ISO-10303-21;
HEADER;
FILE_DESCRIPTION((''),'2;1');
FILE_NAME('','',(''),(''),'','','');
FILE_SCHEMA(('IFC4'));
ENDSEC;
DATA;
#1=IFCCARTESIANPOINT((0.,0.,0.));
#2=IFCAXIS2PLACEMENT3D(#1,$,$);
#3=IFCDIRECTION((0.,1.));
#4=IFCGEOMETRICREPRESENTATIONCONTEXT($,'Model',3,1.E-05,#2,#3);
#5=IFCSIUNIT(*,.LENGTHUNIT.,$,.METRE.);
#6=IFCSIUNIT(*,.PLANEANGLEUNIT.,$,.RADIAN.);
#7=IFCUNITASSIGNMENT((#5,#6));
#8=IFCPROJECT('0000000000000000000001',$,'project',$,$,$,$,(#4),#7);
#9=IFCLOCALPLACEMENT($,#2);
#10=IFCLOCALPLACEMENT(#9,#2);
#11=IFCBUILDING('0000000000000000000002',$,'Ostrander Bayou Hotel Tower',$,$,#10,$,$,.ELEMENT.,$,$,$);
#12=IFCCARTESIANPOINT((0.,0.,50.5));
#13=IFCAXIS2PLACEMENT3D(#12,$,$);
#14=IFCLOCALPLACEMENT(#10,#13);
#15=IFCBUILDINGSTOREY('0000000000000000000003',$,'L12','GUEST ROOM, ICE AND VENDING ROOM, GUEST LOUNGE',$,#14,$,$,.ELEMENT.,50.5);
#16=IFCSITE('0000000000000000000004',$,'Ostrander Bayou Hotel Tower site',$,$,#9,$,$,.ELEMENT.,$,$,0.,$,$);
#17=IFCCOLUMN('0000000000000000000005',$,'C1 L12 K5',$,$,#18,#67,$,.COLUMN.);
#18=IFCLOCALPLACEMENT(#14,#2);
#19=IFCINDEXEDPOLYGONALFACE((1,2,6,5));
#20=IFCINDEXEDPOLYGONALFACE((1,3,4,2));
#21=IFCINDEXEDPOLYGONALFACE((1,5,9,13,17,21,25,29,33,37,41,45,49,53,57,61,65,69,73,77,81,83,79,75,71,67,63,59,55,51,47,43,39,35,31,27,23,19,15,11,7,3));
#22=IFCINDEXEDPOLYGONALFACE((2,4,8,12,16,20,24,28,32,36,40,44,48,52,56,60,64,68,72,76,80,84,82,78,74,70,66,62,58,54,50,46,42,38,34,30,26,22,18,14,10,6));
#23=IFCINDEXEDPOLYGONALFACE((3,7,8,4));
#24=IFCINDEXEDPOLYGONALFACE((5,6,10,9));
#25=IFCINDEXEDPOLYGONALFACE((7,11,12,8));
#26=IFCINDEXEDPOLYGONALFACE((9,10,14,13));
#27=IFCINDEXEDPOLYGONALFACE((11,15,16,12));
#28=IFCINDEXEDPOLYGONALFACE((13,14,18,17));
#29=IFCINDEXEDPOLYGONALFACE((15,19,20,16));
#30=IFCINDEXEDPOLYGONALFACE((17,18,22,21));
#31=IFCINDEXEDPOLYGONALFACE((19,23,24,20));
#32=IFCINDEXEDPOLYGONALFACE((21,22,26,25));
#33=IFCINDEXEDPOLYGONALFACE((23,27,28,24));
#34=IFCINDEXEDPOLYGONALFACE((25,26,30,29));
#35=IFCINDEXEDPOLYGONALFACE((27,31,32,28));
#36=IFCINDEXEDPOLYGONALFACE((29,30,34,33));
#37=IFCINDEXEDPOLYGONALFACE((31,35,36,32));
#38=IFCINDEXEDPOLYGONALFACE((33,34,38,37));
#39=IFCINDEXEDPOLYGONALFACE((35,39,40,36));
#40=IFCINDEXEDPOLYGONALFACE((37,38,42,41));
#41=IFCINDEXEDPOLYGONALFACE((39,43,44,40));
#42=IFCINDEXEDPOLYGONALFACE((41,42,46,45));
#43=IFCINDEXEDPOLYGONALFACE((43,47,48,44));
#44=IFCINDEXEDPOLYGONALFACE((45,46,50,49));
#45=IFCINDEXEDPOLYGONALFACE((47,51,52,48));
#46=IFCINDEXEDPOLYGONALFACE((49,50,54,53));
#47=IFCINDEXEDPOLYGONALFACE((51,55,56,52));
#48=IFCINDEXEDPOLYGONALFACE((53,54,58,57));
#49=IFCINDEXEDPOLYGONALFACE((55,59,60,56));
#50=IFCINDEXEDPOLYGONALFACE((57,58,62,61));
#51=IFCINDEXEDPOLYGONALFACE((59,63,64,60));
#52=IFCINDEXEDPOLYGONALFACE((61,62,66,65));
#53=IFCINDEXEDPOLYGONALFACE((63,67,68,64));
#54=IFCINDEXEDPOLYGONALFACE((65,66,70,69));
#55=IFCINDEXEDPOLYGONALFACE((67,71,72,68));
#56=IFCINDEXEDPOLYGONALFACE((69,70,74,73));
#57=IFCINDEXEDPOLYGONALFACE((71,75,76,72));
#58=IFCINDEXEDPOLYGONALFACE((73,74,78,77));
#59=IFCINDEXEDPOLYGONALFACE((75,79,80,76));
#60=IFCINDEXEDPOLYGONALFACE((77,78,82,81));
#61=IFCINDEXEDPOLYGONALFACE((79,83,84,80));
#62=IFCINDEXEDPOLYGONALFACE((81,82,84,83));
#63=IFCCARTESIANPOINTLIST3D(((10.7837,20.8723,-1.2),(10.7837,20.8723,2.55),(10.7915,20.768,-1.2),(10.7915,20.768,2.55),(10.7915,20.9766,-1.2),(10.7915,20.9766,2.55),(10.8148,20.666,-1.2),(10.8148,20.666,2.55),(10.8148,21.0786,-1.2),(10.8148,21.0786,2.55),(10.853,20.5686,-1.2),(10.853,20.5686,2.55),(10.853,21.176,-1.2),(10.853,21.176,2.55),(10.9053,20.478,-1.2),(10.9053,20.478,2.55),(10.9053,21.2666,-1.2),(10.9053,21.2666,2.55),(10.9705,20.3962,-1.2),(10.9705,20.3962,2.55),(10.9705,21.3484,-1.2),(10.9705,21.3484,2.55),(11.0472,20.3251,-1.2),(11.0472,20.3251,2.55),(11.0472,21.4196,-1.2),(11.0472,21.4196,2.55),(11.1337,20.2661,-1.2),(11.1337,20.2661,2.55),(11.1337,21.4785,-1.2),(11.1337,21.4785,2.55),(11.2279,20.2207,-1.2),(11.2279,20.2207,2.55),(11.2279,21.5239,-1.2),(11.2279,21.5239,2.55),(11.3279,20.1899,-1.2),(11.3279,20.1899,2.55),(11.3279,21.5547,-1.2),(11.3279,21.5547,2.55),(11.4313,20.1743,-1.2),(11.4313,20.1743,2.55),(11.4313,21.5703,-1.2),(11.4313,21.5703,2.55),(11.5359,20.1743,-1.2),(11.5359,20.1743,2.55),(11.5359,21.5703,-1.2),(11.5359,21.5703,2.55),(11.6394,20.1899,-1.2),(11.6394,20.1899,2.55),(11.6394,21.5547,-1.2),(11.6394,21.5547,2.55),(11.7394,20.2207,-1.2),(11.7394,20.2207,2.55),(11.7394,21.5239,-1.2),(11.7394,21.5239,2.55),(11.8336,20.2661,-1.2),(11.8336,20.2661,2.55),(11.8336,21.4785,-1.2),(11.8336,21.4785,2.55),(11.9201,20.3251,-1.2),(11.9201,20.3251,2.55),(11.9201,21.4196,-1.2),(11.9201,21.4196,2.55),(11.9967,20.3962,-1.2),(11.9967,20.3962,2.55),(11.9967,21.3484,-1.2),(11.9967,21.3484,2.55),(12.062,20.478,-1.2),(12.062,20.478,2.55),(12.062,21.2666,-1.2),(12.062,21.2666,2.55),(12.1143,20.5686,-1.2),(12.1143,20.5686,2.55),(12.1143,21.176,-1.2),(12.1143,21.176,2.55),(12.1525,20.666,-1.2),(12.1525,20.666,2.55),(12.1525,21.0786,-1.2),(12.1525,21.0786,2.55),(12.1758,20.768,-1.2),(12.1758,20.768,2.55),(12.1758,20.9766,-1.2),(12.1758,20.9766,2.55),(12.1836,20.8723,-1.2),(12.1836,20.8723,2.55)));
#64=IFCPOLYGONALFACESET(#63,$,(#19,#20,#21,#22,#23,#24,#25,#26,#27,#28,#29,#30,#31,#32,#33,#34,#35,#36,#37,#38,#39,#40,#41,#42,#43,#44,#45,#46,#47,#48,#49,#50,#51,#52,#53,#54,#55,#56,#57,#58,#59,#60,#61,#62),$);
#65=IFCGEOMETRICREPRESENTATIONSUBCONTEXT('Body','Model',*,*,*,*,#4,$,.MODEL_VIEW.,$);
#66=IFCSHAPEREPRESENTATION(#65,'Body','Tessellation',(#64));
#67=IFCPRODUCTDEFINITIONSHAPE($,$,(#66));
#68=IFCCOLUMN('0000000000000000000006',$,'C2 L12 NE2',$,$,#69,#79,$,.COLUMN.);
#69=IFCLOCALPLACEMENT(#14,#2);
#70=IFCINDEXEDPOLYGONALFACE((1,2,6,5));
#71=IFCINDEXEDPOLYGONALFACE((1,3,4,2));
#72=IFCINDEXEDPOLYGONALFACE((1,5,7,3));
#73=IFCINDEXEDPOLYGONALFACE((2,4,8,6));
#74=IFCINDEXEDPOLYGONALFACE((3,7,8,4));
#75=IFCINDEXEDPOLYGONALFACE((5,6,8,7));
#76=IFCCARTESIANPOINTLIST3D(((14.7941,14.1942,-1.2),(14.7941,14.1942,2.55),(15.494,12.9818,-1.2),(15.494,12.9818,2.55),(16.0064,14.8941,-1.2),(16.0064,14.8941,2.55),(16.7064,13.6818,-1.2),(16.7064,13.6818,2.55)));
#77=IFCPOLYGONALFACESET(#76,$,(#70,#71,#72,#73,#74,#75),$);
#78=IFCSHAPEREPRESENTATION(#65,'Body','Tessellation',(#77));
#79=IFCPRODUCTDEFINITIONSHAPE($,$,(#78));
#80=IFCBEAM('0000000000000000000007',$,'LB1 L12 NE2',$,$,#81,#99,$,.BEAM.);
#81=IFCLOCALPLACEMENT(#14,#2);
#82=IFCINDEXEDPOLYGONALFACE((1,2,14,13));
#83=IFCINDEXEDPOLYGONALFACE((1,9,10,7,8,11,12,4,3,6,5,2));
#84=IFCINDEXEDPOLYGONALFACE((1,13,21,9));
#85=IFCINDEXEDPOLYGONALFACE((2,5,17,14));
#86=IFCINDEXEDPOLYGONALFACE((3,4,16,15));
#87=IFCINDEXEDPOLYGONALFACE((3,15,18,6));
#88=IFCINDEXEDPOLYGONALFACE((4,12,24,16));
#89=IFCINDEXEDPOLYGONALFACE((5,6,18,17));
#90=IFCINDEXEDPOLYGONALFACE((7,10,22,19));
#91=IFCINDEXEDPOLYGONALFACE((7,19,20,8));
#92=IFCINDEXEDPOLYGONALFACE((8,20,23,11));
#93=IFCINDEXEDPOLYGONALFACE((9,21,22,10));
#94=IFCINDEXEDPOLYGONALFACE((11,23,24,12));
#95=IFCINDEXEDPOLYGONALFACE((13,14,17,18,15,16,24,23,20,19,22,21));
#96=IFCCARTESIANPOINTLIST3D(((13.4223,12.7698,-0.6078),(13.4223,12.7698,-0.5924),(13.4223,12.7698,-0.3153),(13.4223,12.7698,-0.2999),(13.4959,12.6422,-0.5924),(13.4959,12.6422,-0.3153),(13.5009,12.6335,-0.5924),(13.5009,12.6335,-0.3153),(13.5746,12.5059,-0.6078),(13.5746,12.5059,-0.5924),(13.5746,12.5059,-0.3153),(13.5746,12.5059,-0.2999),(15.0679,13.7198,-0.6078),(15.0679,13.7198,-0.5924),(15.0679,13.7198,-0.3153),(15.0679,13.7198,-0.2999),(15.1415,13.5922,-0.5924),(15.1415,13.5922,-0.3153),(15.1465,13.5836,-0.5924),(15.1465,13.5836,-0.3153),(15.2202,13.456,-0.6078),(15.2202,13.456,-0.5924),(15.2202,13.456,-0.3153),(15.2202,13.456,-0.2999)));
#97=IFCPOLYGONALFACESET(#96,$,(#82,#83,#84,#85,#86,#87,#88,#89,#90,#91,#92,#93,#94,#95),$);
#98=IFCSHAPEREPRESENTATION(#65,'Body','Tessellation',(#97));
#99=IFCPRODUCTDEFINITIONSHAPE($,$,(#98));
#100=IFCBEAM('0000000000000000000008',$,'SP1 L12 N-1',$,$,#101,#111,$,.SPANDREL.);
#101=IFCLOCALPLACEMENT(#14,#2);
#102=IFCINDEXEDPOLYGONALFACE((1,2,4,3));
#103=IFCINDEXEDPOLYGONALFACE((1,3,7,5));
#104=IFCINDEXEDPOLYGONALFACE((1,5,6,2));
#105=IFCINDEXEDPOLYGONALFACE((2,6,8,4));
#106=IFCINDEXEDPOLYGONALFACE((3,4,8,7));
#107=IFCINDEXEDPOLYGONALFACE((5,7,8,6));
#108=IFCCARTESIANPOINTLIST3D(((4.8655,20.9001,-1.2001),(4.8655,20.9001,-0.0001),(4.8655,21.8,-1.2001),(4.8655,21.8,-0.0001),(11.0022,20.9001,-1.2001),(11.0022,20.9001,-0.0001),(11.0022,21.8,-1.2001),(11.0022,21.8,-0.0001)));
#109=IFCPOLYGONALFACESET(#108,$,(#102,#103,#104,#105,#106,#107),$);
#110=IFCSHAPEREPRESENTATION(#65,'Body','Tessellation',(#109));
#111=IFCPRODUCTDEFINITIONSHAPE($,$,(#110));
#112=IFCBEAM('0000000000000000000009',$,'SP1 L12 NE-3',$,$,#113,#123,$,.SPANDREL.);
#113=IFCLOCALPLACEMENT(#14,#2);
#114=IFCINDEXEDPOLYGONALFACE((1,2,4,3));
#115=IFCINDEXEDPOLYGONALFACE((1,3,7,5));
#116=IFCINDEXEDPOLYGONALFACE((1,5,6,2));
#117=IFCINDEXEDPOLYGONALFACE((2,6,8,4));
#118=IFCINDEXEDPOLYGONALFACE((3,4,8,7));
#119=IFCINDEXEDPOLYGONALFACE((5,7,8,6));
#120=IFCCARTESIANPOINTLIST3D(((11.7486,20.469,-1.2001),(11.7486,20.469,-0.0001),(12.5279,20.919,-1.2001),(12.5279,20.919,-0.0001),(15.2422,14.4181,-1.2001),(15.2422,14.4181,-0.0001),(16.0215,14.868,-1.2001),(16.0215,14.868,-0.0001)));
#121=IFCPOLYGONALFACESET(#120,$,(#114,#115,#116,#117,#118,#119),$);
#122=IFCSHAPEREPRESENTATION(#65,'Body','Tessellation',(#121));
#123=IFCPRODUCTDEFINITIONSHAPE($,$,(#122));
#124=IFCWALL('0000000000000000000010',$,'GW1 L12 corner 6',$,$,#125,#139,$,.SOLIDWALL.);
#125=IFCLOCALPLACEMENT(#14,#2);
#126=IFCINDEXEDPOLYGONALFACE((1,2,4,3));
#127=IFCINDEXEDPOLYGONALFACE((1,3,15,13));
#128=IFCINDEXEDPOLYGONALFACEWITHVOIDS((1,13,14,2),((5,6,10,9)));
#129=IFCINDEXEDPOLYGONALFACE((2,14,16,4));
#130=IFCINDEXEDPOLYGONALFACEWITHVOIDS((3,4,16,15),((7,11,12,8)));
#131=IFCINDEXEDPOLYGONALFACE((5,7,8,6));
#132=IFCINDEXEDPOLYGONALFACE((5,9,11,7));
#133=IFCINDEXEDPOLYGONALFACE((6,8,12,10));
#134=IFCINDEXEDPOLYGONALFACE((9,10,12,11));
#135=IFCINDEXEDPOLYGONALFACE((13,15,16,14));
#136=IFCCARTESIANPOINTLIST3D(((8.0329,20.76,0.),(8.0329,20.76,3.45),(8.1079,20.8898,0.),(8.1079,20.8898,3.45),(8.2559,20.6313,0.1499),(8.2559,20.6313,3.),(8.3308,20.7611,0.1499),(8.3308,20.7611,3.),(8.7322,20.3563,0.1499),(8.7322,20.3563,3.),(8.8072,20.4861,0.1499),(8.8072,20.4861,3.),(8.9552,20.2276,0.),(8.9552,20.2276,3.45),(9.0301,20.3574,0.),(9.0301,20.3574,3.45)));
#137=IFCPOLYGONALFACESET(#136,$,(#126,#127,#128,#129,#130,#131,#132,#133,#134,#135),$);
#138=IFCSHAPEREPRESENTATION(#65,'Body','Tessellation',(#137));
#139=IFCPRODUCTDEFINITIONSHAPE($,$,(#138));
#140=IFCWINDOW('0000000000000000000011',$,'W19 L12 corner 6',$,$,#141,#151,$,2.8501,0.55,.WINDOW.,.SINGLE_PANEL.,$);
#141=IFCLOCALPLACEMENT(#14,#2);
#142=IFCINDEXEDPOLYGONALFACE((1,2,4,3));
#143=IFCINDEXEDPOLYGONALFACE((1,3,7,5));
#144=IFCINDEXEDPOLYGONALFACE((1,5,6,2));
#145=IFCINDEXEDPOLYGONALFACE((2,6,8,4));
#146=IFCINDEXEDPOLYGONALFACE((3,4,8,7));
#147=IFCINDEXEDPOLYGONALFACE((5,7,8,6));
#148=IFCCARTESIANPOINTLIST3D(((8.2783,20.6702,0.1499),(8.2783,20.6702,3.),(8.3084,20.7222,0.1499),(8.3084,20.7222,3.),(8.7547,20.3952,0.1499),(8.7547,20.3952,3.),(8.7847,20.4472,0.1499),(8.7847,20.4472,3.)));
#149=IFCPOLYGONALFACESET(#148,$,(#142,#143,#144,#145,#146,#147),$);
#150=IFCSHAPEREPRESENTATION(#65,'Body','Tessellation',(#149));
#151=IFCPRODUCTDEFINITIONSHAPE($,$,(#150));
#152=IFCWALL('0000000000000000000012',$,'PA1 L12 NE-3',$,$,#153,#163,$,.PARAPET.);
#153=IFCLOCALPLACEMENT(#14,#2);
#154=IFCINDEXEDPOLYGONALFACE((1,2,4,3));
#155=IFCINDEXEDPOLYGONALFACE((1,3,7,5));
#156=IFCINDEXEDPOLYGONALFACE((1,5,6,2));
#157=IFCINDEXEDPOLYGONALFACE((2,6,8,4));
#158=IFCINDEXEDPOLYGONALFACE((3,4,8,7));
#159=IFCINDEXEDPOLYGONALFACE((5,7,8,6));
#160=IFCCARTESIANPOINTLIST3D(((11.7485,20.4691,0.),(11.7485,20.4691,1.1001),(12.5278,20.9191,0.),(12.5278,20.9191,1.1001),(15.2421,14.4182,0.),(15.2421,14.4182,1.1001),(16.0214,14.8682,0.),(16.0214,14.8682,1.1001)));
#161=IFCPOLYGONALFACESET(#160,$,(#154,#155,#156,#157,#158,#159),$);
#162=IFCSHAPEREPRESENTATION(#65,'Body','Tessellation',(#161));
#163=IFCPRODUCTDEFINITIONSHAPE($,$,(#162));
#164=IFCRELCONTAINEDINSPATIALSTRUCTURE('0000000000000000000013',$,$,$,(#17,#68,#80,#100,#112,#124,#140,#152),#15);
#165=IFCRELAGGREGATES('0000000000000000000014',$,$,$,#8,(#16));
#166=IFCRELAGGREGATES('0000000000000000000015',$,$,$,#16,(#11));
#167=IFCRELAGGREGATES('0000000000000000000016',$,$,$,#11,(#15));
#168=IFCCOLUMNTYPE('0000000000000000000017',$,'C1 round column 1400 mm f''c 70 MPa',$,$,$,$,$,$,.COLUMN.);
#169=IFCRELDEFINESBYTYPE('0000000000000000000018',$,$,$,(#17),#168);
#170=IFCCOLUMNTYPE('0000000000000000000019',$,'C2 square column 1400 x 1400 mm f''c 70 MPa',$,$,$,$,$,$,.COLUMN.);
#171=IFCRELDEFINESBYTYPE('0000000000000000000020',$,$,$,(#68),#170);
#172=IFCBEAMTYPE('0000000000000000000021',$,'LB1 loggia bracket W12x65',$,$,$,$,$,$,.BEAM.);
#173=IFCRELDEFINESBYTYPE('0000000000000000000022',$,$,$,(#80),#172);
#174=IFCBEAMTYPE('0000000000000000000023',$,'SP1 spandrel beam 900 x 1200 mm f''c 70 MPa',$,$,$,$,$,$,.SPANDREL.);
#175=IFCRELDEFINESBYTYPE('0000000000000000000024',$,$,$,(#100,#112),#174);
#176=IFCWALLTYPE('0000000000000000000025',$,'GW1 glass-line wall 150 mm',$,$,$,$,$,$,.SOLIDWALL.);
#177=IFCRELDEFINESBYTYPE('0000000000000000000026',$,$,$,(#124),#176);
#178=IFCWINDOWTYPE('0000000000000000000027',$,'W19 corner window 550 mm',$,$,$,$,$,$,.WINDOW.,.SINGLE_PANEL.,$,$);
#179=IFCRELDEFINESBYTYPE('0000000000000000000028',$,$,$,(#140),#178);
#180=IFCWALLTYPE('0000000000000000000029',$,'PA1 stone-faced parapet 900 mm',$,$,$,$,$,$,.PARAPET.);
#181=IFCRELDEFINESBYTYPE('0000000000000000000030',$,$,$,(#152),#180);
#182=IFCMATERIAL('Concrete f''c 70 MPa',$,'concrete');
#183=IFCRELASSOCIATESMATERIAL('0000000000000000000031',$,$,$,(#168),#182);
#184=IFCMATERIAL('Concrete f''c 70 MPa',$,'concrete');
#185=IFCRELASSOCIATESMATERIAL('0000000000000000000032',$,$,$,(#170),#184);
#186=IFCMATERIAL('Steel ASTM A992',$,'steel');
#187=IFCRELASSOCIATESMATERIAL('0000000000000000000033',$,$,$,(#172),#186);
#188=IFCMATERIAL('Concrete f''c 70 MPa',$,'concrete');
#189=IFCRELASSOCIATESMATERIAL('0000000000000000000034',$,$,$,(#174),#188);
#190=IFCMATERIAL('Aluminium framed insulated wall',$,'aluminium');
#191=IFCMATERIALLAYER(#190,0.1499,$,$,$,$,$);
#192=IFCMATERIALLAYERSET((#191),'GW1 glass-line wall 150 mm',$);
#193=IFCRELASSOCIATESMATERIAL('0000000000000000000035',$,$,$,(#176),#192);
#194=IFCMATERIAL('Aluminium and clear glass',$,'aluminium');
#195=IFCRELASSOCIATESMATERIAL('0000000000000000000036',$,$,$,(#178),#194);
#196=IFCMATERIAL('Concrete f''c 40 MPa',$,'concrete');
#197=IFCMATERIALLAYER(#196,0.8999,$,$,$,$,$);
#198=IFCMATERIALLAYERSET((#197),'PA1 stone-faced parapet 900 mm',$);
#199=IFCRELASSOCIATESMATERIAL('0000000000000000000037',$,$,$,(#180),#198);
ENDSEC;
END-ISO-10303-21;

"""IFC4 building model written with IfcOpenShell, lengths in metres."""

from ifc_helpers import new_model, si_unit, direction, frame, frame_2d, origin, origin_2d, place, context, subcontext, project, spatial, rectangle, circle, i_section, extrude, material, layer, layer_set, material_profile, profile_set, type_object, element, fill, save


model = new_model("IFC4")

# Units and contexts
model_context = context("Model", 3, precision=1e-05, world=origin(), true_north=direction((0.0, 1.0)))
body_context = subcontext(model_context, "Body", "Model", "MODEL_VIEW")
ifc_project = project(units=[si_unit("LENGTHUNIT", "METRE"), si_unit("PLANEANGLEUNIT", "RADIAN")], contexts=[model_context])

# Site, building, storey
site_placement = place(None, origin())
site = spatial("IfcSite", under=ifc_project, at=site_placement, Name="Ostrander Bayou Hotel Tower site", CompositionType="ELEMENT", RefElevation=0.0)
building_placement = place(site_placement, origin())
building = spatial("IfcBuilding", under=site, at=building_placement, Name="Ostrander Bayou Hotel Tower", CompositionType="ELEMENT")
storey_placement = place(building_placement, frame((0.0, 0.0, 50.5)))
storey = spatial("IfcBuildingStorey", under=building, at=storey_placement, Name="L12", Description="GUEST ROOM, ICE AND VENDING ROOM, GUEST LOUNGE", CompositionType="ELEMENT", Elevation=50.5)

# Columns
ifc_material_1 = material(Name="Concrete f'c 70 MPa", Category="concrete")
ifc_material_profile_1 = material_profile(ifc_material_1, circle(Radius=0.7, at=origin_2d()))
ifc_profile_set_1 = profile_set([ifc_material_profile_1], Name="Concrete f'c 70 MPa")
column_type_1 = type_object("IfcColumnType", Name="C1 round column 1400 mm f'c 70 MPa", PredefinedType="COLUMN", material=ifc_profile_set_1)
column_1_placement = place(storey_placement, frame((11.4836, 20.8723, -1.2), z_axis=(0.0, 0.0, 1.0), x_axis=(1.0, 0.0, 0.0)))
element("IfcColumn", 1, at=column_1_placement, inside=storey, type_object=column_type_1, Name="C1 L12 K5", PredefinedType="COLUMN", context=body_context, shape_type="SweptSolid", body=[
    extrude(circle(Radius=0.7, at=origin_2d()), origin(), (0.0, 0.0, 1.0), 3.75),
])
ifc_material_2 = material(Name="Concrete f'c 70 MPa", Category="concrete")
ifc_material_profile_2 = material_profile(ifc_material_2, rectangle(XDim=1.3999, YDim=1.3999, at=origin_2d()))
ifc_profile_set_2 = profile_set([ifc_material_profile_2], Name="Concrete f'c 70 MPa")
column_type_2 = type_object("IfcColumnType", Name="C2 square column 1400 x 1400 mm f'c 70 MPa", PredefinedType="COLUMN", material=ifc_profile_set_2)
column_2_placement = place(storey_placement, frame((15.7502, 13.938, -1.2), z_axis=(0.0, 0.0, 1.0), x_axis=(0.5, -0.866025, 0.0)))
element("IfcColumn", 2, at=column_2_placement, inside=storey, type_object=column_type_2, Name="C2 L12 NE2", PredefinedType="COLUMN", context=body_context, shape_type="SweptSolid", body=[
    extrude(rectangle(XDim=1.3999, YDim=1.3999, at=origin_2d()), origin(), (0.0, 0.0, 1.0), 3.75),
])

# Beams
ifc_material_3 = material(Name="Steel ASTM A992", Category="steel")
ifc_material_profile_3 = material_profile(ifc_material_3, i_section(OverallWidth=0.3047, OverallDepth=0.3079, WebThickness=0.01, FlangeThickness=0.0154, at=origin_2d()))
ifc_profile_set_3 = profile_set([ifc_material_profile_3], Name="Steel ASTM A992")
beam_type_1 = type_object("IfcBeamType", Name="LB1 loggia bracket W12x65", PredefinedType="BEAM", material=ifc_profile_set_3)
beam_1_placement = place(storey_placement, frame((15.144, 13.5879, -0.4539), z_axis=(-0.866044, -0.499967, 0.0), x_axis=(0.499967, -0.866044, 0.0)))
element("IfcBeam", 3, at=beam_1_placement, inside=storey, type_object=beam_type_1, Name="LB1 L12 NE2", PredefinedType="BEAM", context=body_context, shape_type="SweptSolid", body=[
    extrude(i_section(OverallWidth=0.3047, OverallDepth=0.3079, WebThickness=0.01, FlangeThickness=0.0154, at=origin_2d()), origin(), (0.0, 0.0, 1.0), 1.9001),
])
ifc_material_4 = material(Name="Concrete f'c 70 MPa", Category="concrete")
ifc_material_profile_4 = material_profile(ifc_material_4, rectangle(XDim=0.8999, YDim=1.2, at=origin_2d()))
ifc_profile_set_4 = profile_set([ifc_material_profile_4], Name="Concrete f'c 70 MPa")
beam_type_2 = type_object("IfcBeamType", Name="SP1 spandrel beam 900 x 1200 mm f'c 70 MPa", PredefinedType="SPANDREL", material=ifc_profile_set_4)
beam_2_placement = place(storey_placement, frame((11.0022, 21.3501, -0.6001), z_axis=(-1.0, 0.0, 0.0), x_axis=(0.0, -1.0, 0.0)))
element("IfcBeam", 4, at=beam_2_placement, inside=storey, type_object=beam_type_2, Name="SP1 L12 N-1", PredefinedType="SPANDREL", context=body_context, shape_type="SweptSolid", body=[
    extrude(rectangle(XDim=0.8999, YDim=1.2, at=origin_2d()), origin(), (0.0, 0.0, 1.0), 6.1367),
])
beam_3_placement = place(storey_placement, frame((15.6318, 14.6431, -0.6001), z_axis=(-0.50001, 0.86602, 0.0), x_axis=(-0.86602, -0.50001, 0.0)))
element("IfcBeam", 5, at=beam_3_placement, inside=storey, type_object=beam_type_2, Name="SP1 L12 NE-3", PredefinedType="SPANDREL", context=body_context, shape_type="SweptSolid", body=[
    extrude(rectangle(XDim=0.8999, YDim=1.2, at=origin_2d()), origin(), (0.0, 0.0, 1.0), 6.9871),
])

# Wall, opening, window
ifc_material_5 = material(Name="Aluminium framed insulated wall", Category="aluminium")
ifc_layer_1 = layer(ifc_material_5, 0.1499)
ifc_layer_set_1 = layer_set([ifc_layer_1], Name="GW1 glass-line wall 150 mm")
wall_type_1 = type_object("IfcWallType", Name="GW1 glass-line wall 150 mm", PredefinedType="SOLIDWALL", material=ifc_layer_set_1)
wall_1_placement = place(storey_placement, frame((8.9927, 20.2925, 0.0), z_axis=(0.0, 0.0, 1.0), x_axis=(-0.866048, 0.499961, 0.0)))
wall_1 = element("IfcWall", 6, at=wall_1_placement, inside=storey, type_object=wall_type_1, Name="GW1 L12 corner 6", PredefinedType="SOLIDWALL", context=body_context, shape_type="SweptSolid", body=[
    extrude(rectangle(XDim=1.0649, YDim=0.1499, at=frame_2d((0.5325, 0.0))), origin(), (0.0, 0.0, 1.0), 3.45),
])
opening_1_placement = place(wall_1_placement, frame((0.2576, 0.0, 0.1499)))
opening_1 = element("IfcOpeningElement", 7, at=opening_1_placement, cuts=wall_1, PredefinedType="OPENING", context=body_context, shape_type="SweptSolid", body=[
    extrude(rectangle(XDim=0.55, YDim=2.8501, at=frame_2d((0.2749, 1.425))), frame((0.0, 0.075, 0.0), z_axis=(0.0, -1.0, 0.0), x_axis=(1.0, 0.0, 0.0)), (0.0, 0.0, 1.0), 0.1499),
])
ifc_material_6 = material(Name="Aluminium and clear glass", Category="aluminium")
window_type_1 = type_object("IfcWindowType", Name="W19 corner window 550 mm", PartitioningType="SINGLE_PANEL", PredefinedType="WINDOW", material=ifc_material_6)
window_1_placement = place(opening_1_placement, origin())
window_1 = element("IfcWindow", 8, at=window_1_placement, inside=storey, type_object=window_type_1, Name="W19 L12 corner 6", OverallHeight=2.8501, OverallWidth=0.55, PartitioningType="SINGLE_PANEL", PredefinedType="WINDOW", context=body_context, shape_type="SweptSolid", body=[
    extrude(rectangle(XDim=0.55, YDim=2.8501, at=frame_2d((0.2749, 1.425))), frame((0.0, 0.03, 0.0), z_axis=(0.0, -1.0, 0.0), x_axis=(1.0, 0.0, 0.0)), (0.0, 0.0, 1.0), 0.0601),
])
fill(opening_1, window_1)

# Wall
ifc_material_7 = material(Name="Concrete f'c 40 MPa", Category="concrete")
ifc_layer_2 = layer(ifc_material_7, 0.8999)
ifc_layer_set_2 = layer_set([ifc_layer_2], Name="PA1 stone-faced parapet 900 mm")
wall_type_2 = type_object("IfcWallType", Name="PA1 stone-faced parapet 900 mm", PredefinedType="PARAPET", material=ifc_layer_set_2)
wall_2_placement = place(storey_placement, frame((15.6318, 14.6431, 0.0), z_axis=(0.0, 0.0, 1.0), x_axis=(-0.50001, 0.86602, 0.0)))
element("IfcWall", 9, at=wall_2_placement, inside=storey, type_object=wall_type_2, Name="PA1 L12 NE-3", PredefinedType="PARAPET", context=body_context, shape_type="SweptSolid", body=[
    extrude(rectangle(XDim=6.9871, YDim=0.8999, at=frame_2d((3.4937, 0.0))), origin(), (0.0, 0.0, 1.0), 1.1001),
])

save(model, "model.ifc")
